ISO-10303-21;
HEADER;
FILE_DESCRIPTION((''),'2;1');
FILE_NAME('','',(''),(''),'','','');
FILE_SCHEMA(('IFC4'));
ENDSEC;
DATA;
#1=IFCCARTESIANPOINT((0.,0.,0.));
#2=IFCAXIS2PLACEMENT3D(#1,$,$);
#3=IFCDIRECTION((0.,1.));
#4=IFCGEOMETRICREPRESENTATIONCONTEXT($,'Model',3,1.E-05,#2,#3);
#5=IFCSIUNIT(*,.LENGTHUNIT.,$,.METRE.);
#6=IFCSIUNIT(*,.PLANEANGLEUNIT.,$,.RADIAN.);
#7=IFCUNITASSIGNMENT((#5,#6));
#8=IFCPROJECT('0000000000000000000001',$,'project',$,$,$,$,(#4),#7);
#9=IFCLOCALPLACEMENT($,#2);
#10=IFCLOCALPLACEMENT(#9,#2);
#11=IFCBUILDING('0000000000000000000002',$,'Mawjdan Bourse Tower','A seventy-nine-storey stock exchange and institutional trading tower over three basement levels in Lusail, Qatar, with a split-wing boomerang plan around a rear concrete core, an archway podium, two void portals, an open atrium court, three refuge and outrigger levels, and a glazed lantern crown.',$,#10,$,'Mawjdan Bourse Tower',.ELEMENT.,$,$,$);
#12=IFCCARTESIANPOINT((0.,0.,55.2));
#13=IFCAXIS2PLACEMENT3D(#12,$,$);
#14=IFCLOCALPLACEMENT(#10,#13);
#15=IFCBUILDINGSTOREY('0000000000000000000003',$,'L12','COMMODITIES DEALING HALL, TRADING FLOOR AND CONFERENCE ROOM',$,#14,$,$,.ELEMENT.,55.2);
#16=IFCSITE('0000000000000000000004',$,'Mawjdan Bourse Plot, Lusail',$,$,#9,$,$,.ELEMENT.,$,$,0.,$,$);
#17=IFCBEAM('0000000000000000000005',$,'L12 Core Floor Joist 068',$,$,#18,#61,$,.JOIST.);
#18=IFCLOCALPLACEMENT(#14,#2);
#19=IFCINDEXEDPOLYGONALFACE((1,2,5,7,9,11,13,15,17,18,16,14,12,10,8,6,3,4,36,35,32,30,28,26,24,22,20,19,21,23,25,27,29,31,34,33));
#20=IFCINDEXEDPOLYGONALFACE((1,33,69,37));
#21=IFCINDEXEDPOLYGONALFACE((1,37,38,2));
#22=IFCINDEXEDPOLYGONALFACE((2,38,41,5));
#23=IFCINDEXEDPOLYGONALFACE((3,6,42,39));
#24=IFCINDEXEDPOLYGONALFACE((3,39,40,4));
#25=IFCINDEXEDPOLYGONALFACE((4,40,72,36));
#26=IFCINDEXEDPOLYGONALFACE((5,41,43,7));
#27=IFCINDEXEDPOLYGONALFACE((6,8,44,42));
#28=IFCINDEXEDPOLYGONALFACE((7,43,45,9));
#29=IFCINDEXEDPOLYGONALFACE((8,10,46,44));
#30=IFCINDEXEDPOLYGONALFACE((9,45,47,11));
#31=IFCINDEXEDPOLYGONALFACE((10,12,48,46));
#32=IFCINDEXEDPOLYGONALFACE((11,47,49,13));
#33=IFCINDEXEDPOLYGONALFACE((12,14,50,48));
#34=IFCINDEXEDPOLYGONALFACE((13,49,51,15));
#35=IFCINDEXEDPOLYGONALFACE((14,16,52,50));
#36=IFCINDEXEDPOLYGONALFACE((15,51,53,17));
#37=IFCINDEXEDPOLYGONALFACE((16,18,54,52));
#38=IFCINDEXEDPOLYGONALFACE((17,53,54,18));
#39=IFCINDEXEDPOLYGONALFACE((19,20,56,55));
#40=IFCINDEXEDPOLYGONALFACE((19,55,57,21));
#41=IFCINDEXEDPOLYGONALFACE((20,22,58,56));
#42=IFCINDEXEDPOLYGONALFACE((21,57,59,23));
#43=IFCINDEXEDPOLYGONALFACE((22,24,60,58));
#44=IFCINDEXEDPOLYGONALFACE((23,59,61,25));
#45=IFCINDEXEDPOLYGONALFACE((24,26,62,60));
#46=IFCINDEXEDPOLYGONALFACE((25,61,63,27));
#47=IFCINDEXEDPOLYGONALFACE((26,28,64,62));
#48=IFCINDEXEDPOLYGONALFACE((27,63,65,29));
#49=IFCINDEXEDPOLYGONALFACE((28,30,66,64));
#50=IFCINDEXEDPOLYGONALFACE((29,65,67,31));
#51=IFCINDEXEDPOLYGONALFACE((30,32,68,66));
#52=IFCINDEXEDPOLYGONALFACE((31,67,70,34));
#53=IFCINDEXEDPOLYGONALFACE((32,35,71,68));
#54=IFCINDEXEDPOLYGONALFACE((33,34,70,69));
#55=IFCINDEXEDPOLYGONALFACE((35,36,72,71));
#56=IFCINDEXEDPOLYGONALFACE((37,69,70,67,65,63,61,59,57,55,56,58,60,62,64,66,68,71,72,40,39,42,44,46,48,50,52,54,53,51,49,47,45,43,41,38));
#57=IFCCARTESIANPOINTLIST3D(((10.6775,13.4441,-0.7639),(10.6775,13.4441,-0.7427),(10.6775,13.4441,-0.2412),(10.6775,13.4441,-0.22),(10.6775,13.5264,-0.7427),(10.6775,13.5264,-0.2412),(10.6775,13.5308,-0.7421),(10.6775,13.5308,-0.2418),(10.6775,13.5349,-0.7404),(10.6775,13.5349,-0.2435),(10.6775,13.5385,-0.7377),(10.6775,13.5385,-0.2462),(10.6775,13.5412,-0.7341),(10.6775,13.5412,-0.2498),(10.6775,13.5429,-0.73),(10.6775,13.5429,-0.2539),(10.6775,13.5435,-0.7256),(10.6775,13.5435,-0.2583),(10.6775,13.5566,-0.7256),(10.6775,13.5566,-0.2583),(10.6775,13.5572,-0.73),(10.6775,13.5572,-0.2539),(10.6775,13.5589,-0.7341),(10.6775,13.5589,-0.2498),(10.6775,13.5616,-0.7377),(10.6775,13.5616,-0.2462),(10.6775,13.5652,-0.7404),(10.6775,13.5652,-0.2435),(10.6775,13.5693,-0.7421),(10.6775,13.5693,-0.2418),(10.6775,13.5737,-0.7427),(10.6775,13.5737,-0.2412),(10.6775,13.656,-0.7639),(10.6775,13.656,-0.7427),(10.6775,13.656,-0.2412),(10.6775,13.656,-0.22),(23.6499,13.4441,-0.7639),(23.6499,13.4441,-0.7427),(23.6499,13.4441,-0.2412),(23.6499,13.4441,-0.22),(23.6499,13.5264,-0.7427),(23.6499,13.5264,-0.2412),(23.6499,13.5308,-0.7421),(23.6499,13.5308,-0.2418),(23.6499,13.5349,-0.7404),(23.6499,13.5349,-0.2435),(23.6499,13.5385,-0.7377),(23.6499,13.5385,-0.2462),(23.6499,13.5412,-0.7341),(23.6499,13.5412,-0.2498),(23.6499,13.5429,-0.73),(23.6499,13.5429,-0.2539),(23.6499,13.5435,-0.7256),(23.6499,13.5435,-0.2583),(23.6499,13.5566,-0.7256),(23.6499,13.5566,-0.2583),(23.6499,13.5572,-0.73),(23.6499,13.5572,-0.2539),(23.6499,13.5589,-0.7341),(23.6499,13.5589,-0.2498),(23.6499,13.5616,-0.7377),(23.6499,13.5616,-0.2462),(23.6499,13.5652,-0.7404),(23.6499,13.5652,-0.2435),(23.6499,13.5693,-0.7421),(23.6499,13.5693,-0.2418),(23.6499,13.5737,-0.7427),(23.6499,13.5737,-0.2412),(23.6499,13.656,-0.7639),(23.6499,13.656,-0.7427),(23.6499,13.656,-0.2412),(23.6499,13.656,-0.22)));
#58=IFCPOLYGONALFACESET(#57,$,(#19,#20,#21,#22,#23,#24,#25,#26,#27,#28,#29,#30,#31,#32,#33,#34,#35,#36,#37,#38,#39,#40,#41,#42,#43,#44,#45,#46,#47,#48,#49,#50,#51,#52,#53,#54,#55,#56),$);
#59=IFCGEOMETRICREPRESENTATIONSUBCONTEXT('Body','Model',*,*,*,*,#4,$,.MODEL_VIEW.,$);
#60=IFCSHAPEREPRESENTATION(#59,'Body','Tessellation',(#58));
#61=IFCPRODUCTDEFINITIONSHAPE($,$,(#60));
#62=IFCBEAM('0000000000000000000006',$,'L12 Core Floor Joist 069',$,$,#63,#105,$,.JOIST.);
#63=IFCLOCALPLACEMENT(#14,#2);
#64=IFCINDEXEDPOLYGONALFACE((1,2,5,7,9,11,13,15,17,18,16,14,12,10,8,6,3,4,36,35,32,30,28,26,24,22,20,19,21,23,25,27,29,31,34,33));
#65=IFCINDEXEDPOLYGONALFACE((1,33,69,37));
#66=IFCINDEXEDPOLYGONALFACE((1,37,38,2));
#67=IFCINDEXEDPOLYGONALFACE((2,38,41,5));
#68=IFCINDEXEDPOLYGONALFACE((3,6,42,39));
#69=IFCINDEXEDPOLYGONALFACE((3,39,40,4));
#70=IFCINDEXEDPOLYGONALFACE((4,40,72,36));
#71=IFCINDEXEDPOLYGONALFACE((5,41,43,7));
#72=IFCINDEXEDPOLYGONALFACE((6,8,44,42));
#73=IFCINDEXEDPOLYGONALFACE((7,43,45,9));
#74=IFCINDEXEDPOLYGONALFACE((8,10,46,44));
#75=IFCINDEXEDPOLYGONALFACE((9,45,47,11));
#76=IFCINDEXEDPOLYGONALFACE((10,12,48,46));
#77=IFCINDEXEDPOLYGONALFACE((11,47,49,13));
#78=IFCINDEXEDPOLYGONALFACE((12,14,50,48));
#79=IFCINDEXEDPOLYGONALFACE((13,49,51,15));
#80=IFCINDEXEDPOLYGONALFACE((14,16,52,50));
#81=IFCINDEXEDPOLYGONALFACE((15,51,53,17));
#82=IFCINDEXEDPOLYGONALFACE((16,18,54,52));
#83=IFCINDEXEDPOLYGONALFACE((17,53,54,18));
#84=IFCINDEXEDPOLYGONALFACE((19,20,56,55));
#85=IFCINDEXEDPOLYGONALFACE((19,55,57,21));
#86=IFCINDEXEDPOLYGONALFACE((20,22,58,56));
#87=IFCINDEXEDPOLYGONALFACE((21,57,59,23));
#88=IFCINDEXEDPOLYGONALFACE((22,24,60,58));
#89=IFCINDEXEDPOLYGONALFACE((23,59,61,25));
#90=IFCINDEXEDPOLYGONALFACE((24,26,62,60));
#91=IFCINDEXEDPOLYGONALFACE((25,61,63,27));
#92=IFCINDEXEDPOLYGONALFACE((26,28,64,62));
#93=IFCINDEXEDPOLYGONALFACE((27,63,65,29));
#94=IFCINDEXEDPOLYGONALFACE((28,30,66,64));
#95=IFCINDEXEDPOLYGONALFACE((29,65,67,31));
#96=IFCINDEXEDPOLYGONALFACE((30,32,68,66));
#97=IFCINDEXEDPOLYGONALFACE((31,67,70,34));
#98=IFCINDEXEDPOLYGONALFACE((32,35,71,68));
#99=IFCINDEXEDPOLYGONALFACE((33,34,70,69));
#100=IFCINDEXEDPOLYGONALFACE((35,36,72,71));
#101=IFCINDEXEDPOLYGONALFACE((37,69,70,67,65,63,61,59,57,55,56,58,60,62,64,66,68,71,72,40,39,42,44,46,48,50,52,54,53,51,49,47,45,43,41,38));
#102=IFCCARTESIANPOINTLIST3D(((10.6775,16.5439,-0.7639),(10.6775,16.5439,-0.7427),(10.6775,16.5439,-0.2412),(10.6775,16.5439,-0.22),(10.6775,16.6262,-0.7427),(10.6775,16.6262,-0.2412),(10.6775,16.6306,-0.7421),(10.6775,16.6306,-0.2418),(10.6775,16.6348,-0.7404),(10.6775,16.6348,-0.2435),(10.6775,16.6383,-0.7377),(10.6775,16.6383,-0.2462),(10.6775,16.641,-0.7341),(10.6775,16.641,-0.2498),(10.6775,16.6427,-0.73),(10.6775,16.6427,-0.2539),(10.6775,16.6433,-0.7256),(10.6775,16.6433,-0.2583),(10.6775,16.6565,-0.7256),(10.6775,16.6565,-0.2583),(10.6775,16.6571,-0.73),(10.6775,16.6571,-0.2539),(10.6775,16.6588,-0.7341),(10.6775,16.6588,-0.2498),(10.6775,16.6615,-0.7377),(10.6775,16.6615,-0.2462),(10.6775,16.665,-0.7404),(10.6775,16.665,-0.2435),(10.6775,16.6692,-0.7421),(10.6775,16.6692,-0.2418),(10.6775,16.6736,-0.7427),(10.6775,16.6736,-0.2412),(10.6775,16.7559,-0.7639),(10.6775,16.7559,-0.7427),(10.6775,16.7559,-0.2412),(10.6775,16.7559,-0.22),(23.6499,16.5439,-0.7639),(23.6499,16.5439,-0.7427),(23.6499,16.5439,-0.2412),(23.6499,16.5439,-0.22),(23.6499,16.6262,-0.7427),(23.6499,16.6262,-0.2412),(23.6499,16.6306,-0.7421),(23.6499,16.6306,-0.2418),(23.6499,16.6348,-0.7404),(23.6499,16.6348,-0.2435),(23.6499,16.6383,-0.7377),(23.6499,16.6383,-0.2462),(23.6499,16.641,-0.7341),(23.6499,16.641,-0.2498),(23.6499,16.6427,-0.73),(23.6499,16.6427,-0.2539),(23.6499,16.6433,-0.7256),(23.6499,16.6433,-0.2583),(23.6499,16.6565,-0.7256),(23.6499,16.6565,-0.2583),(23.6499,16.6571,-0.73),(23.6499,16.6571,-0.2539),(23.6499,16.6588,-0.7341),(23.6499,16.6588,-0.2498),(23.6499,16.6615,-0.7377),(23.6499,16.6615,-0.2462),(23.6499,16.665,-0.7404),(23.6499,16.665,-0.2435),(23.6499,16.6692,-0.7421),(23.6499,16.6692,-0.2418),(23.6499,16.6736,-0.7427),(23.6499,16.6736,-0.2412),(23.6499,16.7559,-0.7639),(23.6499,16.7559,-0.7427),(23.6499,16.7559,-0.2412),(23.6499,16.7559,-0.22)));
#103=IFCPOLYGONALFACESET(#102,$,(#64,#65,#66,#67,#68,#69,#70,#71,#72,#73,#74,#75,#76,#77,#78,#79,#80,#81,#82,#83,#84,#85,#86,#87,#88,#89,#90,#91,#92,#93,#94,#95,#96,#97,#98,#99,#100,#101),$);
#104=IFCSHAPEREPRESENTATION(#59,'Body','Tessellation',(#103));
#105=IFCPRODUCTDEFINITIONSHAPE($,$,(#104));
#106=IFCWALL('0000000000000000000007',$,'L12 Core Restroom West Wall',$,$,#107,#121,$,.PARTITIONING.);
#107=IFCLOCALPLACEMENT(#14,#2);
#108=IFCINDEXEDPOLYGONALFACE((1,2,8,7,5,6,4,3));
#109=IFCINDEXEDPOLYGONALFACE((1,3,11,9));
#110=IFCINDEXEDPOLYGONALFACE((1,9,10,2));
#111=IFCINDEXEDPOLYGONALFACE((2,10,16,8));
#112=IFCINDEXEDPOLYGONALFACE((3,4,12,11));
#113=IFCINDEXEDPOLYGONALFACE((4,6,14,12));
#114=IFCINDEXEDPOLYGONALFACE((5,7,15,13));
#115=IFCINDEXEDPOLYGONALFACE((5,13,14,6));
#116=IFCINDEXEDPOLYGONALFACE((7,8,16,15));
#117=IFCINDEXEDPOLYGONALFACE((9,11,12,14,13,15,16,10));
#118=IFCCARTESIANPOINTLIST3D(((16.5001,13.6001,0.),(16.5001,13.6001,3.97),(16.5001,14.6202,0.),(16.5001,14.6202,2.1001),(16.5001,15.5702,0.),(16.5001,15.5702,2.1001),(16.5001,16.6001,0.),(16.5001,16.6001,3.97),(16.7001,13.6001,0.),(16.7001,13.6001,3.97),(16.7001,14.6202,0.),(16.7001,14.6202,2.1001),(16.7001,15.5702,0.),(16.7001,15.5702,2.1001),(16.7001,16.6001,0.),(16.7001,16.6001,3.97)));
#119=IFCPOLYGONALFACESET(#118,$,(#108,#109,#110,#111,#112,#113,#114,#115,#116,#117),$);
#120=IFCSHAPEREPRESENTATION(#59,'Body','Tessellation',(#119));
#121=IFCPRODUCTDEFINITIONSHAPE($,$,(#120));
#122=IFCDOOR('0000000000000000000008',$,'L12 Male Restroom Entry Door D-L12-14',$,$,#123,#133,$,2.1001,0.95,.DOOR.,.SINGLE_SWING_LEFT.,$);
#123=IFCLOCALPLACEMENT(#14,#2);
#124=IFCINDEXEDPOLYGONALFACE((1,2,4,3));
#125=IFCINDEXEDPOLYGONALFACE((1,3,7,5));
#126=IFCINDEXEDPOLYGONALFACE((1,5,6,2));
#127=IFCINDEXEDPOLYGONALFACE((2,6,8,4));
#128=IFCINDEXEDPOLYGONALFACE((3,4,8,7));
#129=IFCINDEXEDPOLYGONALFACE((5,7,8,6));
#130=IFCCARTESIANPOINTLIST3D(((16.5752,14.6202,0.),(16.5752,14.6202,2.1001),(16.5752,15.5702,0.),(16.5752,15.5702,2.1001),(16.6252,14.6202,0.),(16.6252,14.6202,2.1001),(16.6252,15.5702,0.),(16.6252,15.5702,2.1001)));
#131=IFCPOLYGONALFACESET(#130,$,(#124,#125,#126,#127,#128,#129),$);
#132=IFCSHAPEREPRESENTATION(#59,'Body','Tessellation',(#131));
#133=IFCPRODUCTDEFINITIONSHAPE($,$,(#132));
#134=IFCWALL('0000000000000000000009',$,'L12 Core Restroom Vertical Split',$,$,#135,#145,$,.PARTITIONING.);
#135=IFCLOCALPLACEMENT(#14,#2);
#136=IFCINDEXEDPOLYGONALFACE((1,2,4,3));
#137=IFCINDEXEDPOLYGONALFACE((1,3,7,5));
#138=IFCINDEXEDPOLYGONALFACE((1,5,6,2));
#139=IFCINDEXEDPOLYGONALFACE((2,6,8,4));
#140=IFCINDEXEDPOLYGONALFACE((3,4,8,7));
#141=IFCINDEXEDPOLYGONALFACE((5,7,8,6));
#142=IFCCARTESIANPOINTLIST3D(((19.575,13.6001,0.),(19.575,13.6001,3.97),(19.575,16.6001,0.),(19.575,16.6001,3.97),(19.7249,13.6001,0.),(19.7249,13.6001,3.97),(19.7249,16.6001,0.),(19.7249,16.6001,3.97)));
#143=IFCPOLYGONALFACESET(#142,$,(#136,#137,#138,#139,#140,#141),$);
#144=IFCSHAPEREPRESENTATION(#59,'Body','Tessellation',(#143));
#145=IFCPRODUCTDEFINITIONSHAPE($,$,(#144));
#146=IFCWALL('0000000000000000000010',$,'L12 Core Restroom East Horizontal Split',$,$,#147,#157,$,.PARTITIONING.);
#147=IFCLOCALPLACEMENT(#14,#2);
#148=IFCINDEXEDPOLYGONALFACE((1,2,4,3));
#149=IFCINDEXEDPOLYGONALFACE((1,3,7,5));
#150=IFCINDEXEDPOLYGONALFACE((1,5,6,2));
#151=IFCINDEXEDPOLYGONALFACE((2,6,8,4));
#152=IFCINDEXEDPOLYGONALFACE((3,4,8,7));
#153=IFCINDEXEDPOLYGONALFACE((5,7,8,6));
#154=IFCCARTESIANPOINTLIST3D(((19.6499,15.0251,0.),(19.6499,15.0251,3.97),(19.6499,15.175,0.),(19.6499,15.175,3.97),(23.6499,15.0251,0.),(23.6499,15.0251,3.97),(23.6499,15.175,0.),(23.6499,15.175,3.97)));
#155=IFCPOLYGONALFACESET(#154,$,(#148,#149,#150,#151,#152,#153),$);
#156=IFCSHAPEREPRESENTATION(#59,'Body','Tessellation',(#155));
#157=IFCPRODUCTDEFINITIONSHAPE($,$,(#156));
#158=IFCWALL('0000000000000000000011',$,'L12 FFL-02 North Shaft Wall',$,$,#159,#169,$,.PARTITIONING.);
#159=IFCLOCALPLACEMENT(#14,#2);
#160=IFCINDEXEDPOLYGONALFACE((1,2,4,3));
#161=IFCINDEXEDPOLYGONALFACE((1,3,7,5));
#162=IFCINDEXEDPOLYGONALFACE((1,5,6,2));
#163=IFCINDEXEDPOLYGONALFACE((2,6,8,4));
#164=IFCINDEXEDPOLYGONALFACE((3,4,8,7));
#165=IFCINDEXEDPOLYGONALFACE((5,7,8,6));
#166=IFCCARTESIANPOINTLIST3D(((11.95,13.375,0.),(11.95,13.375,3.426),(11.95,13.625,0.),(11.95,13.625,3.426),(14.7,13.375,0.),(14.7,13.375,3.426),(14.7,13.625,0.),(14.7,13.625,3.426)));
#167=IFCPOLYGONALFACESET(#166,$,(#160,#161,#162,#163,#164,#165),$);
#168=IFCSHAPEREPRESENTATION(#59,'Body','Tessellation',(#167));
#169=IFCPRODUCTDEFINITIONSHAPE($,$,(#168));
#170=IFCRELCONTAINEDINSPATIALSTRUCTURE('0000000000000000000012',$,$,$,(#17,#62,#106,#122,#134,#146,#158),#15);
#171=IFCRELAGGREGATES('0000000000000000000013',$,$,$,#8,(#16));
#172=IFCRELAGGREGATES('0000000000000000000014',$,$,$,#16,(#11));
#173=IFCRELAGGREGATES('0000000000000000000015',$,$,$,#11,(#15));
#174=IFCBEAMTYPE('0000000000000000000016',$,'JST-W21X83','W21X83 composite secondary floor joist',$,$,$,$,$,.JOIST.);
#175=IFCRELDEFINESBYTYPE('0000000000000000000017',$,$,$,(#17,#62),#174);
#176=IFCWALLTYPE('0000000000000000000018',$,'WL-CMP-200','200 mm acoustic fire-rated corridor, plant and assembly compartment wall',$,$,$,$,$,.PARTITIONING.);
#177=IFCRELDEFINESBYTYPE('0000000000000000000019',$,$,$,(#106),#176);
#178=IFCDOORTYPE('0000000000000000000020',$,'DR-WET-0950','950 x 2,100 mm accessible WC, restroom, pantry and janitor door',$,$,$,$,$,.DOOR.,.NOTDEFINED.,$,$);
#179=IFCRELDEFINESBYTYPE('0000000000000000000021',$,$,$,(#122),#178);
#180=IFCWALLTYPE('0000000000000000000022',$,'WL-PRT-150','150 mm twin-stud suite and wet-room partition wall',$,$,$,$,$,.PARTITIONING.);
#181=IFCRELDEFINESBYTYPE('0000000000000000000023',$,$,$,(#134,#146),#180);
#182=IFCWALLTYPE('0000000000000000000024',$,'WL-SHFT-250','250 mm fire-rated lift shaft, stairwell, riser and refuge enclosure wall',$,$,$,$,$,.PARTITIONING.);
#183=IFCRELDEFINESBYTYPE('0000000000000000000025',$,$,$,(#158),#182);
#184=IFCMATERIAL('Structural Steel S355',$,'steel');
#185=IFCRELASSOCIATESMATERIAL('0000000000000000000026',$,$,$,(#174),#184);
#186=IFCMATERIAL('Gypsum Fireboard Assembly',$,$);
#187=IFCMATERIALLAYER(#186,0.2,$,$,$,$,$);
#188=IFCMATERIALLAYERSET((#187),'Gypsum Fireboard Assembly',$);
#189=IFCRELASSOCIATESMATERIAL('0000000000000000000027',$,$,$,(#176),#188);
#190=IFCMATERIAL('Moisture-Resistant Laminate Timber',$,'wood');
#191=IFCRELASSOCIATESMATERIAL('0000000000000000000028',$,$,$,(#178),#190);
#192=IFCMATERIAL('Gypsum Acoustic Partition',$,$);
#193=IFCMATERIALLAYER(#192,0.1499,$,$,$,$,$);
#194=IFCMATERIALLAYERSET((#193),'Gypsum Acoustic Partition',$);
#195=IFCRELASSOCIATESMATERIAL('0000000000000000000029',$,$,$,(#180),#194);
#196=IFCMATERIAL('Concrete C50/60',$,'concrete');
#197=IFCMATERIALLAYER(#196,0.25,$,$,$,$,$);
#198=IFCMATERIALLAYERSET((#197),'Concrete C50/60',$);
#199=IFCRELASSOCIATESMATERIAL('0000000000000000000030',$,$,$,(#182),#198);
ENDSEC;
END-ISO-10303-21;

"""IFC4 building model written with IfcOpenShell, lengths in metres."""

from ifc_helpers import new_model, si_unit, direction, frame, frame_2d, origin, origin_2d, place, context, subcontext, project, spatial, rectangle, i_section, extrude, material, layer, layer_set, material_profile, profile_set, type_object, element, fill, save


model = new_model("IFC4")

# Units and contexts
model_context = context("Model", 3, precision=1e-05, world=origin(), true_north=direction((0.0, 1.0)))
body_context = subcontext(model_context, "Body", "Model", "MODEL_VIEW")
ifc_project = project(units=[si_unit("LENGTHUNIT", "METRE"), si_unit("PLANEANGLEUNIT", "RADIAN")], contexts=[model_context])

# Site, building, storey
site_placement = place(None, origin())
site = spatial("IfcSite", under=ifc_project, at=site_placement, Name="Mawjdan Bourse Plot, Lusail", CompositionType="ELEMENT", RefElevation=0.0)
building_placement = place(site_placement, origin())
building = spatial("IfcBuilding", under=site, at=building_placement, Name="Mawjdan Bourse Tower", Description="A seventy-nine-storey stock exchange and institutional trading tower over three basement levels in Lusail, Qatar, with a split-wing boomerang plan around a rear concrete core, an archway podium, two void portals, an open atrium court, three refuge and outrigger levels, and a glazed lantern crown.", LongName="Mawjdan Bourse Tower", CompositionType="ELEMENT")
storey_placement = place(building_placement, frame((0.0, 0.0, 55.2)))
storey = spatial("IfcBuildingStorey", under=building, at=storey_placement, Name="L12", Description="COMMODITIES DEALING HALL, TRADING FLOOR AND CONFERENCE ROOM", CompositionType="ELEMENT", Elevation=55.2)

# Beams
ifc_material_1 = material(Name="Structural Steel S355", Category="steel")
ifc_material_profile = material_profile(ifc_material_1, i_section(OverallWidth=0.2119, OverallDepth=0.5439, WebThickness=0.0132, FlangeThickness=0.0212, FilletRadius=0.0171, at=origin_2d()), Name="W21X83")
ifc_profile_set = profile_set([ifc_material_profile], Name="Structural Steel S355")
beam_type = type_object("IfcBeamType", Name="JST-W21X83", Description="W21X83 composite secondary floor joist", PredefinedType="JOIST", material=ifc_profile_set)
for number, where, z_axis, x_axis, name in (
    (1, (10.6775, 13.55, -0.4919), (1.0, 0.0, 0.0), (0.0, 1.0, 0.0), "L12 Core Floor Joist 068"),
    (2, (10.6775, 16.6499, -0.4919), (1.0, 0.0, 0.0), (0.0, 1.0, 0.0), "L12 Core Floor Joist 069"),
):
    element("IfcBeam", number, at=place(storey_placement, frame(where, z_axis=z_axis, x_axis=x_axis)), inside=storey, type_object=beam_type, Name=name, PredefinedType="JOIST", context=body_context, shape_type="SweptSolid", body=[
        extrude(i_section(OverallWidth=0.2119, OverallDepth=0.5439, WebThickness=0.0132, FlangeThickness=0.0212, FilletRadius=0.0171, at=origin_2d()), origin(), (0.0, 0.0, 1.0), 12.9724),
    ])

# Wall, opening, door
ifc_material_2 = material(Name="Gypsum Fireboard Assembly")
ifc_layer_1 = layer(ifc_material_2, 0.2)
ifc_layer_set_1 = layer_set([ifc_layer_1], Name="Gypsum Fireboard Assembly")
wall_type_1 = type_object("IfcWallType", Name="WL-CMP-200", Description="200 mm acoustic fire-rated corridor, plant and assembly compartment wall", PredefinedType="PARTITIONING", material=ifc_layer_set_1)
wall_1_placement = place(storey_placement, frame((16.6001, 13.6001, 0.0), z_axis=(0.0, 0.0, 1.0), x_axis=(0.0, 1.0, 0.0)))
wall_1 = element("IfcWall", 3, at=wall_1_placement, inside=storey, type_object=wall_type_1, Name="L12 Core Restroom West Wall", PredefinedType="PARTITIONING", context=body_context, shape_type="SweptSolid", body=[
    extrude(rectangle(XDim=3.0, YDim=0.2, at=frame_2d((1.5, 0.0))), origin(), (0.0, 0.0, 1.0), 3.97),
])
opening_1_placement = place(wall_1_placement, frame((1.02, 0.0, 0.0)))
opening_1 = element("IfcOpeningElement", 4, at=opening_1_placement, cuts=wall_1, PredefinedType="OPENING", context=body_context, shape_type="SweptSolid", body=[
    extrude(rectangle(XDim=0.95, YDim=2.1001, at=frame_2d((0.4751, 1.05))), frame((0.0, 0.1099, 0.0), z_axis=(0.0, -1.0, 0.0), x_axis=(1.0, 0.0, 0.0)), (0.0, 0.0, 1.0), 0.22),
])
ifc_material_3 = material(Name="Moisture-Resistant Laminate Timber", Category="wood")
door_type_1 = type_object("IfcDoorType", Name="DR-WET-0950", Description="950 x 2,100 mm accessible WC, restroom, pantry and janitor door", OperationType="NOTDEFINED", PredefinedType="DOOR", material=ifc_material_3)
door_1_placement = place(opening_1_placement, origin())
door_1 = element("IfcDoor", 5, at=door_1_placement, inside=storey, type_object=door_type_1, Name="L12 Male Restroom Entry Door D-L12-14", OperationType="SINGLE_SWING_LEFT", OverallHeight=2.1001, OverallWidth=0.95, PredefinedType="DOOR", context=body_context, shape_type="SweptSolid", body=[
    extrude(rectangle(XDim=0.95, YDim=2.1001, at=frame_2d((0.4751, 1.05))), frame((0.0, 0.0249, 0.0), z_axis=(0.0, -1.0, 0.0), x_axis=(1.0, 0.0, 0.0)), (0.0, 0.0, 1.0), 0.05),
])
fill(opening_1, door_1)

# Walls
ifc_material_4 = material(Name="Gypsum Acoustic Partition")
ifc_layer_2 = layer(ifc_material_4, 0.1499)
ifc_layer_set_2 = layer_set([ifc_layer_2], Name="Gypsum Acoustic Partition")
wall_type_2 = type_object("IfcWallType", Name="WL-PRT-150", Description="150 mm twin-stud suite and wet-room partition wall", PredefinedType="PARTITIONING", material=ifc_layer_set_2)
wall_2_placement = place(storey_placement, frame((19.6499, 13.6001, 0.0), z_axis=(0.0, 0.0, 1.0), x_axis=(0.0, 1.0, 0.0)))
element("IfcWall", 6, at=wall_2_placement, inside=storey, type_object=wall_type_2, Name="L12 Core Restroom Vertical Split", PredefinedType="PARTITIONING", context=body_context, shape_type="SweptSolid", body=[
    extrude(rectangle(XDim=3.0, YDim=0.1499, at=frame_2d((1.5, 0.0))), origin(), (0.0, 0.0, 1.0), 3.97),
])
wall_3_placement = place(storey_placement, frame((19.6499, 15.1001, 0.0), z_axis=(0.0, 0.0, 1.0), x_axis=(1.0, 0.0, 0.0)))
element("IfcWall", 7, at=wall_3_placement, inside=storey, type_object=wall_type_2, Name="L12 Core Restroom East Horizontal Split", PredefinedType="PARTITIONING", context=body_context, shape_type="SweptSolid", body=[
    extrude(rectangle(XDim=4.0, YDim=0.1499, at=frame_2d((2.0, 0.0))), origin(), (0.0, 0.0, 1.0), 3.97),
])
ifc_material_5 = material(Name="Concrete C50/60", Category="concrete")
ifc_layer_3 = layer(ifc_material_5, 0.25)
ifc_layer_set_3 = layer_set([ifc_layer_3], Name="Concrete C50/60")
wall_type_3 = type_object("IfcWallType", Name="WL-SHFT-250", Description="250 mm fire-rated lift shaft, stairwell, riser and refuge enclosure wall", PredefinedType="PARTITIONING", material=ifc_layer_set_3)
wall_4_placement = place(storey_placement, frame((11.95, 13.5, 0.0), z_axis=(0.0, 0.0, 1.0), x_axis=(1.0, 0.0, 0.0)))
element("IfcWall", 8, at=wall_4_placement, inside=storey, type_object=wall_type_3, Name="L12 FFL-02 North Shaft Wall", PredefinedType="PARTITIONING", context=body_context, shape_type="SweptSolid", body=[
    extrude(rectangle(XDim=2.75, YDim=0.25, at=frame_2d((1.375, 0.0))), origin(), (0.0, 0.0, 1.0), 3.426),
])

save(model, "model.ifc")
